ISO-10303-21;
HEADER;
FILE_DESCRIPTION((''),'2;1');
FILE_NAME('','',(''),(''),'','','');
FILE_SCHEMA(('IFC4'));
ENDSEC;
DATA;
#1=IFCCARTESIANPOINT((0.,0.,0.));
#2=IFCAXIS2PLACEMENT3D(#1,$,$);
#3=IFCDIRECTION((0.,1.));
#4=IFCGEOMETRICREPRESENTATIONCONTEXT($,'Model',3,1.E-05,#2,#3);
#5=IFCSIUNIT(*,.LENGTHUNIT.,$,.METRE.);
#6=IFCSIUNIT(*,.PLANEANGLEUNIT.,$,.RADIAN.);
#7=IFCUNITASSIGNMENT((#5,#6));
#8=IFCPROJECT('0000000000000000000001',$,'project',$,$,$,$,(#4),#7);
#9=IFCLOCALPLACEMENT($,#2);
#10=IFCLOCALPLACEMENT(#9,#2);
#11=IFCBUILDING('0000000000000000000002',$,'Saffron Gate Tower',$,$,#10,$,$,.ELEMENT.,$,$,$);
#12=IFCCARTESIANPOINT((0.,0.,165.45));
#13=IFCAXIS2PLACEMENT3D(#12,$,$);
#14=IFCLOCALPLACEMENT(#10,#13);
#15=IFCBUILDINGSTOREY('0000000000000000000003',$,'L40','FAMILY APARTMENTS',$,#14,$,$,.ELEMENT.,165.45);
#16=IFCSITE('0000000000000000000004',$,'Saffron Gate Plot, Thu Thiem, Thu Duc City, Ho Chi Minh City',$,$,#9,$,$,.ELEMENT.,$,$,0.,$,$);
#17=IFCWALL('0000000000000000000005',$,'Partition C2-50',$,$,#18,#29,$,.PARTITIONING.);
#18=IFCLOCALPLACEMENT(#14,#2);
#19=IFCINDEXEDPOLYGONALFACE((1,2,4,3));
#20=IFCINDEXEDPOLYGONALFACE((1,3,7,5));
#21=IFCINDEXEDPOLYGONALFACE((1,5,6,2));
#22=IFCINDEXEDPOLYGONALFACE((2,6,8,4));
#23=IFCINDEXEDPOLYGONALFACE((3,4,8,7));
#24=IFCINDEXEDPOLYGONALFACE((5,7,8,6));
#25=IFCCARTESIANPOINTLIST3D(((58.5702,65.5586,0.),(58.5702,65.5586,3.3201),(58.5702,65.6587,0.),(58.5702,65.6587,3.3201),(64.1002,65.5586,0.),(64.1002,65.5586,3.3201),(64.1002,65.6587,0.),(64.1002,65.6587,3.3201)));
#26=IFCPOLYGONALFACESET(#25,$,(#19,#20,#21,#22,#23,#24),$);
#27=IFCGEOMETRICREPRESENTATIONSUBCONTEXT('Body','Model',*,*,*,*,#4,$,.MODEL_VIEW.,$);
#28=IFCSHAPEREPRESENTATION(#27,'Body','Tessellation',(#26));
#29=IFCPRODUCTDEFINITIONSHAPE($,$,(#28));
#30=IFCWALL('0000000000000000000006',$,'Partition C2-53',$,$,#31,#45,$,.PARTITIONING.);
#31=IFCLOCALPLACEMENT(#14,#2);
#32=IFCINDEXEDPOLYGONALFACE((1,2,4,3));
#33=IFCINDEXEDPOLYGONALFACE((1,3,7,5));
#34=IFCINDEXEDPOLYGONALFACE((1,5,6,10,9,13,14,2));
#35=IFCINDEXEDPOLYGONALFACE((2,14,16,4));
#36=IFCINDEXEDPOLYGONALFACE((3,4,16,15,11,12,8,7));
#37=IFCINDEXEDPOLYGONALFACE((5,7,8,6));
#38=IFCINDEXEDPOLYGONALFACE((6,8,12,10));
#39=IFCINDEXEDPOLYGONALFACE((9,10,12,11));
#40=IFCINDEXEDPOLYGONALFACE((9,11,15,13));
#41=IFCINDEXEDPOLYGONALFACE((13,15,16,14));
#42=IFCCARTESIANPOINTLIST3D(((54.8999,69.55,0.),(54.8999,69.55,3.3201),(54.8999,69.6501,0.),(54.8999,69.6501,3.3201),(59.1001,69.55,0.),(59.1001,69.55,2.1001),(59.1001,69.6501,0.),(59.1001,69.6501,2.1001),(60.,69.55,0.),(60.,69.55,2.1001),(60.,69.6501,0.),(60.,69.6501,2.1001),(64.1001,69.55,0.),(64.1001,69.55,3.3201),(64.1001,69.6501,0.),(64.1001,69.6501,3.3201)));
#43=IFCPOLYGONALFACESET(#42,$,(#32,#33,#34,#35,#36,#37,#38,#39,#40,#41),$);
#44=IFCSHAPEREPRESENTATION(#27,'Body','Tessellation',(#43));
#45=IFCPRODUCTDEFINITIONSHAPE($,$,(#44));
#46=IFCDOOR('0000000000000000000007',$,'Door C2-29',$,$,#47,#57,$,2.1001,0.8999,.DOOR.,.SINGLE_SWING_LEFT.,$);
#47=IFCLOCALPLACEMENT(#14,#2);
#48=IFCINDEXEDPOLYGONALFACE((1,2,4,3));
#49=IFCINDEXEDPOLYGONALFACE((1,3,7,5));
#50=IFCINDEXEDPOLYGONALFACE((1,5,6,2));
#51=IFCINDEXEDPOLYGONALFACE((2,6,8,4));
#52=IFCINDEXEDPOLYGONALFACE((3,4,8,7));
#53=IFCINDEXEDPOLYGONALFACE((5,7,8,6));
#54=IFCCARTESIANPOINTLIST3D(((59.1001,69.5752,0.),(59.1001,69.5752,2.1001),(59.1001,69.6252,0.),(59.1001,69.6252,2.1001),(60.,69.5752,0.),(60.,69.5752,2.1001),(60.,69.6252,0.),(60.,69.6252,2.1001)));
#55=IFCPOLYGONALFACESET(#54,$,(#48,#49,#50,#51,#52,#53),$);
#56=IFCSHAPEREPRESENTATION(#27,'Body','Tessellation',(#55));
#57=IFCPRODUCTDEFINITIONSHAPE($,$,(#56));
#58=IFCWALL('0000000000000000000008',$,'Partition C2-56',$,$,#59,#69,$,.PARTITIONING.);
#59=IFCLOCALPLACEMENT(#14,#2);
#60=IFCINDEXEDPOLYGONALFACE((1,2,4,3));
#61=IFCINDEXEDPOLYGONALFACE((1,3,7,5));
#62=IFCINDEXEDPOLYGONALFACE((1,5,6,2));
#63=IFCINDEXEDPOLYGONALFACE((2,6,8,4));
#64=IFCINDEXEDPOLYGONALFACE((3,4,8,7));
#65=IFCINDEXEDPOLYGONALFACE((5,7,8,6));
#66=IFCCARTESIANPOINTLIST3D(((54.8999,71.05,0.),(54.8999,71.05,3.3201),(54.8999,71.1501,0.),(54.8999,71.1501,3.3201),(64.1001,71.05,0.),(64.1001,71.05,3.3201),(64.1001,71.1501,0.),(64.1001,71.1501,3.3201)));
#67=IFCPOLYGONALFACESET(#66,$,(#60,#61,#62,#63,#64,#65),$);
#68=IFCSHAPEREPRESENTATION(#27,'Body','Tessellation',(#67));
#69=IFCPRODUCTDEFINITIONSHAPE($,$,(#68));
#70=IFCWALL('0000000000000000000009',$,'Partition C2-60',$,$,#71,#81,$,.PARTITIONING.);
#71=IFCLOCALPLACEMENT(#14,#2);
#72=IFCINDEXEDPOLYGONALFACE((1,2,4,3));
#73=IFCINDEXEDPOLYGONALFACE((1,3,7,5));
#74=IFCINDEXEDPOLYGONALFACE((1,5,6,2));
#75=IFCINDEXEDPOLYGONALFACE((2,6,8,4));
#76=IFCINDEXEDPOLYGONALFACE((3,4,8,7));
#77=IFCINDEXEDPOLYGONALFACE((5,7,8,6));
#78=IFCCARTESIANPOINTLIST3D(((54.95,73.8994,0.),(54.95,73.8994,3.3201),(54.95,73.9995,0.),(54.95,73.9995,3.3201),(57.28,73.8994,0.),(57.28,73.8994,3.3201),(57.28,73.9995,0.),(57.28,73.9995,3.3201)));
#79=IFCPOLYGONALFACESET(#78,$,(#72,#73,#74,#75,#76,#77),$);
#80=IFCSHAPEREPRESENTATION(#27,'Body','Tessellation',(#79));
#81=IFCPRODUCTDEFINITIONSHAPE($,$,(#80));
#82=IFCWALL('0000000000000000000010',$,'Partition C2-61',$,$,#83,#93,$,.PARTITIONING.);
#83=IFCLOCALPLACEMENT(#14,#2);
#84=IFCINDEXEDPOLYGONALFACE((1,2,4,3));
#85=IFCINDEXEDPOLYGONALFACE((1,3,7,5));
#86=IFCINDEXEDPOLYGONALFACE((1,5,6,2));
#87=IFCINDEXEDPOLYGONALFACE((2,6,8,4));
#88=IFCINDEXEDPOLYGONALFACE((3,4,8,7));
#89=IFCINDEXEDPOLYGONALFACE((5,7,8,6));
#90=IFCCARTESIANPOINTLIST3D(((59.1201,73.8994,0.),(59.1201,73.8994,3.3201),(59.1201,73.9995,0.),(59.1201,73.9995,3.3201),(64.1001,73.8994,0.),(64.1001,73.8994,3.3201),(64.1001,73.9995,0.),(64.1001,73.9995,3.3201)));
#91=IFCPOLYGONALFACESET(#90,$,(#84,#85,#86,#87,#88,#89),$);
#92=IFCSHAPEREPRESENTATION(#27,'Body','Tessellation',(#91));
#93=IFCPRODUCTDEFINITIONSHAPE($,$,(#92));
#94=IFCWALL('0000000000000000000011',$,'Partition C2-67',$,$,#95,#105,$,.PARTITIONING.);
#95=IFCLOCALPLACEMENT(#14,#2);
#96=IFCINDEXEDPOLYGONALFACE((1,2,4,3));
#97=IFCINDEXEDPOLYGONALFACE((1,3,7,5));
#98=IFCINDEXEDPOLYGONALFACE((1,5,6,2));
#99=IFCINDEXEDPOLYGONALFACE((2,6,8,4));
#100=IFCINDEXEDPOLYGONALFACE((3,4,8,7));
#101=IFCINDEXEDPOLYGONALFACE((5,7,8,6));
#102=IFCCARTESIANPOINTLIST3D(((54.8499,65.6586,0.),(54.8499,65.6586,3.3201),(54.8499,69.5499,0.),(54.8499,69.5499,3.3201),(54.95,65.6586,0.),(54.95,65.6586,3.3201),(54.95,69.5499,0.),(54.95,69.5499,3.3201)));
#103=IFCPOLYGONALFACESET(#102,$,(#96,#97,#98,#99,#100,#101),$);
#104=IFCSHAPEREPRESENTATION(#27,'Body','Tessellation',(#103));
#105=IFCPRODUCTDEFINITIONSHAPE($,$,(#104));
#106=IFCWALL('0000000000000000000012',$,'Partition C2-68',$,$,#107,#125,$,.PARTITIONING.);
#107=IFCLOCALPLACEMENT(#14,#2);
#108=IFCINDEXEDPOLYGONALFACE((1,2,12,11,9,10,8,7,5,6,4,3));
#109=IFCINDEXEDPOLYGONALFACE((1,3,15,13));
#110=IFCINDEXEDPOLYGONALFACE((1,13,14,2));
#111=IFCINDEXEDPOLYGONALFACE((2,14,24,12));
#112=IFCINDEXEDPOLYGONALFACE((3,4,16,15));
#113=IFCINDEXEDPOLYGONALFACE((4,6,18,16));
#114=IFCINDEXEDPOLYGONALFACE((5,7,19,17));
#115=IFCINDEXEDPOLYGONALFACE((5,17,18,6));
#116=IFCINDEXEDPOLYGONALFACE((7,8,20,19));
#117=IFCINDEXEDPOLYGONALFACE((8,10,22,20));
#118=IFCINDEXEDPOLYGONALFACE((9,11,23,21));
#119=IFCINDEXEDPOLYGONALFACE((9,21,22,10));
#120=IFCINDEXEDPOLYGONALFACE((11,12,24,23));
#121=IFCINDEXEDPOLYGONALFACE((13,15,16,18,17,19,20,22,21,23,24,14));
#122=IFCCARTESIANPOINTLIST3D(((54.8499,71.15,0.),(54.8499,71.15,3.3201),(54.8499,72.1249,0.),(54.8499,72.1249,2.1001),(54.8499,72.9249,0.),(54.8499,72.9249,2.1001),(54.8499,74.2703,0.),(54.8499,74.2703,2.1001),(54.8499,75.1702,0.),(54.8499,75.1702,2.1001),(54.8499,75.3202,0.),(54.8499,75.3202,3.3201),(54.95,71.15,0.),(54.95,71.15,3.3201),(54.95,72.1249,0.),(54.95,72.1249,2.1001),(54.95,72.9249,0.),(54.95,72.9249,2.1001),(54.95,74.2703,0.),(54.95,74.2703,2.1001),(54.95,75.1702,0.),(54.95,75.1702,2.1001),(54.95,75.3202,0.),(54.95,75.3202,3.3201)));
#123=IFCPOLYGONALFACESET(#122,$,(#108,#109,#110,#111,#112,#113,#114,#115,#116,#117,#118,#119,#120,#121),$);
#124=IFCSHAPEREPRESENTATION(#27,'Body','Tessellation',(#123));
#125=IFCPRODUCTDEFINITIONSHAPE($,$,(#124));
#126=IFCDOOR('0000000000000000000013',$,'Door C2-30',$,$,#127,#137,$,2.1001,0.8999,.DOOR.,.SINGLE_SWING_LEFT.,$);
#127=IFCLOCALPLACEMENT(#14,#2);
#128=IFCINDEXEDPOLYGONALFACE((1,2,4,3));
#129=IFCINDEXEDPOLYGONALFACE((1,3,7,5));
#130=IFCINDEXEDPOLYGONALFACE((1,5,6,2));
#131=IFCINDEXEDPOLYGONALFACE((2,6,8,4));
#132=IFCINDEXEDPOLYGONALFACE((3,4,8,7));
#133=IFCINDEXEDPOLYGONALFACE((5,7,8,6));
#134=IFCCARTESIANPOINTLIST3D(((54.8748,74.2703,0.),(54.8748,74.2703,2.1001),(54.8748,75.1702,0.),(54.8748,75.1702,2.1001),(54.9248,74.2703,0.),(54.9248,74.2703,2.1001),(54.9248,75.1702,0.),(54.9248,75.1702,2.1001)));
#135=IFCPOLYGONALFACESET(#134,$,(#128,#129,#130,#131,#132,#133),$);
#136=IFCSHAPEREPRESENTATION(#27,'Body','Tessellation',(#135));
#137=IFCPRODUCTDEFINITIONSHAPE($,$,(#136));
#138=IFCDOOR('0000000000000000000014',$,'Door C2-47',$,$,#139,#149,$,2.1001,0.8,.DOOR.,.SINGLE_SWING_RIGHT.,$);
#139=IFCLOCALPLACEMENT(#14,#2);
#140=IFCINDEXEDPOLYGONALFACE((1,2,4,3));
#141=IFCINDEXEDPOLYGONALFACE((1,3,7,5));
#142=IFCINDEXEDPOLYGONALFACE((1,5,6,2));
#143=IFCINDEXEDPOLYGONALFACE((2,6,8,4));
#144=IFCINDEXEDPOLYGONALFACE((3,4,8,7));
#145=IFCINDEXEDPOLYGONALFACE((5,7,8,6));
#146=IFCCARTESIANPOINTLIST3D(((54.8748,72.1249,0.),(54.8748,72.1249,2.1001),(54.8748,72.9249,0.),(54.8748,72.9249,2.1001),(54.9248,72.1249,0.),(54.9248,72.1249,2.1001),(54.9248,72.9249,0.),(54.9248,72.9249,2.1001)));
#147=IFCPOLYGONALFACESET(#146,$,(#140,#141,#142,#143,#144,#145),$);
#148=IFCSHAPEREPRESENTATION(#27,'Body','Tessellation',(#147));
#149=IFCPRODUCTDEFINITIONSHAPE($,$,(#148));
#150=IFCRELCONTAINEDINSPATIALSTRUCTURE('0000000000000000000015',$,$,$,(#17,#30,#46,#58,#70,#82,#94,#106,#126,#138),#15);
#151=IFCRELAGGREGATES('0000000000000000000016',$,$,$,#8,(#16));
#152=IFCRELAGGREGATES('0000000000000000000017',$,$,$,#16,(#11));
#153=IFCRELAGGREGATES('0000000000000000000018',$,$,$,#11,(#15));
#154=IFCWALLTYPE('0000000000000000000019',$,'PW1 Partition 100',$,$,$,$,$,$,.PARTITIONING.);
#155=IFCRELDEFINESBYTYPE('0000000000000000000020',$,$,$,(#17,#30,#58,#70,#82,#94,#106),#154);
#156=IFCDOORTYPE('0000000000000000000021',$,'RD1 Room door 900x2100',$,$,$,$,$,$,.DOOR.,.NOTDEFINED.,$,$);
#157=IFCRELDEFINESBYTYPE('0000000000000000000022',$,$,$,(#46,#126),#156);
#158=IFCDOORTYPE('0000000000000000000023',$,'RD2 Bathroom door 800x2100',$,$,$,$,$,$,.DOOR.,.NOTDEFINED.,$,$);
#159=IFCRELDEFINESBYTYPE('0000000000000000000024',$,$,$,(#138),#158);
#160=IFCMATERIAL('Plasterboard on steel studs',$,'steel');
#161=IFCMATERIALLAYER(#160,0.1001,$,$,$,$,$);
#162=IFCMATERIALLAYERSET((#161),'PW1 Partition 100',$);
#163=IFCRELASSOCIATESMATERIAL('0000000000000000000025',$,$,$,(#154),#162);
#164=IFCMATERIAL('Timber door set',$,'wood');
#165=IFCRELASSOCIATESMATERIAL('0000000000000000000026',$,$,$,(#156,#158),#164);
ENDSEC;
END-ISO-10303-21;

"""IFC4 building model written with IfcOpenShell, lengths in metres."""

from ifc_helpers import new_model, si_unit, direction, frame, frame_2d, origin, place, context, subcontext, project, spatial, rectangle, extrude, material, layer, layer_set, type_object, element, fill, save


model = new_model("IFC4")

# Units and contexts
model_context = context("Model", 3, precision=1e-05, world=origin(), true_north=direction((0.0, 1.0)))
body_context = subcontext(model_context, "Body", "Model", "MODEL_VIEW")
ifc_project = project(units=[si_unit("LENGTHUNIT", "METRE"), si_unit("PLANEANGLEUNIT", "RADIAN")], contexts=[model_context])

# Site, building, storey
site_placement = place(None, origin())
site = spatial("IfcSite", under=ifc_project, at=site_placement, Name="Saffron Gate Plot, Thu Thiem, Thu Duc City, Ho Chi Minh City", CompositionType="ELEMENT", RefElevation=0.0)
building_placement = place(site_placement, origin())
building = spatial("IfcBuilding", under=site, at=building_placement, Name="Saffron Gate Tower", CompositionType="ELEMENT")
storey_placement = place(building_placement, frame((0.0, 0.0, 165.45)))
storey = spatial("IfcBuildingStorey", under=building, at=storey_placement, Name="L40", Description="FAMILY APARTMENTS", CompositionType="ELEMENT", Elevation=165.45)

# Wall
ifc_material_1 = material(Name="Plasterboard on steel studs", Category="steel")
ifc_layer_1 = layer(ifc_material_1, 0.1001)
ifc_layer_set_1 = layer_set([ifc_layer_1], Name="PW1 Partition 100")
wall_type_1 = type_object("IfcWallType", Name="PW1 Partition 100", PredefinedType="PARTITIONING", material=ifc_layer_set_1)
wall_1_placement = place(storey_placement, frame((58.5701, 65.6086, 0.0), z_axis=(0.0, 0.0, 1.0), x_axis=(1.0, 0.0, 0.0)))
element("IfcWall", 1, at=wall_1_placement, inside=storey, type_object=wall_type_1, Name="Partition C2-50", PredefinedType="PARTITIONING", context=body_context, shape_type="SweptSolid", body=[
    extrude(rectangle(XDim=5.53, YDim=0.1001, at=frame_2d((2.7651, 0.0))), origin(), (0.0, 0.0, 1.0), 3.3201),
])

# Wall, opening, door
wall_2_placement = place(storey_placement, frame((64.1001, 69.6001, 0.0), z_axis=(0.0, 0.0, 1.0), x_axis=(-1.0, 0.0, 0.0)))
wall_2 = element("IfcWall", 2, at=wall_2_placement, inside=storey, type_object=wall_type_1, Name="Partition C2-53", PredefinedType="PARTITIONING", context=body_context, shape_type="SweptSolid", body=[
    extrude(rectangle(XDim=9.2002, YDim=0.1001, at=frame_2d((4.6001, 0.0))), origin(), (0.0, 0.0, 1.0), 3.3201),
])
opening_1_placement = place(wall_2_placement, frame((4.1001, 0.0, 0.0)))
opening_1 = element("IfcOpeningElement", 3, at=opening_1_placement, cuts=wall_2, PredefinedType="OPENING", context=body_context, shape_type="SweptSolid", body=[
    extrude(rectangle(XDim=0.8999, YDim=2.1001, at=frame_2d((0.45, 1.05))), frame((0.0, 0.0601, 0.0), z_axis=(0.0, -1.0, 0.0), x_axis=(1.0, 0.0, 0.0)), (0.0, 0.0, 1.0), 0.1201),
])
ifc_material_2 = material(Name="Timber door set", Category="wood")
door_type_1 = type_object("IfcDoorType", Name="RD1 Room door 900x2100", OperationType="NOTDEFINED", PredefinedType="DOOR", material=ifc_material_2)
door_1_placement = place(opening_1_placement, origin())
door_1 = element("IfcDoor", 4, at=door_1_placement, inside=storey, type_object=door_type_1, Name="Door C2-29", OperationType="SINGLE_SWING_LEFT", OverallHeight=2.1001, OverallWidth=0.8999, PredefinedType="DOOR", context=body_context, shape_type="SweptSolid", body=[
    extrude(rectangle(XDim=0.8999, YDim=2.1001, at=frame_2d((0.45, 1.05))), frame((0.0, 0.0249, 0.0), z_axis=(0.0, -1.0, 0.0), x_axis=(1.0, 0.0, 0.0)), (0.0, 0.0, 1.0), 0.05),
])
fill(opening_1, door_1)

# Walls
wall_3_placement = place(storey_placement, frame((54.8999, 71.1001, 0.0), z_axis=(0.0, 0.0, 1.0), x_axis=(1.0, 0.0, 0.0)))
element("IfcWall", 5, at=wall_3_placement, inside=storey, type_object=wall_type_1, Name="Partition C2-56", PredefinedType="PARTITIONING", context=body_context, shape_type="SweptSolid", body=[
    extrude(rectangle(XDim=9.2002, YDim=0.1001, at=frame_2d((4.6001, 0.0))), origin(), (0.0, 0.0, 1.0), 3.3201),
])
wall_4_placement = place(storey_placement, frame((54.95, 73.9495, 0.0), z_axis=(0.0, 0.0, 1.0), x_axis=(1.0, 0.0, 0.0)))
element("IfcWall", 6, at=wall_4_placement, inside=storey, type_object=wall_type_1, Name="Partition C2-60", PredefinedType="PARTITIONING", context=body_context, shape_type="SweptSolid", body=[
    extrude(rectangle(XDim=2.3301, YDim=0.1001, at=frame_2d((1.165, 0.0))), origin(), (0.0, 0.0, 1.0), 3.3201),
])
wall_5_placement = place(storey_placement, frame((59.1201, 73.9495, 0.0), z_axis=(0.0, 0.0, 1.0), x_axis=(1.0, 0.0, 0.0)))
element("IfcWall", 7, at=wall_5_placement, inside=storey, type_object=wall_type_1, Name="Partition C2-61", PredefinedType="PARTITIONING", context=body_context, shape_type="SweptSolid", body=[
    extrude(rectangle(XDim=4.98, YDim=0.1001, at=frame_2d((2.49, 0.0))), origin(), (0.0, 0.0, 1.0), 3.3201),
])
wall_6_placement = place(storey_placement, frame((54.8999, 69.55, 0.0), z_axis=(0.0, 0.0, 1.0), x_axis=(0.0, -1.0, 0.0)))
element("IfcWall", 8, at=wall_6_placement, inside=storey, type_object=wall_type_1, Name="Partition C2-67", PredefinedType="PARTITIONING", context=body_context, shape_type="SweptSolid", body=[
    extrude(rectangle(XDim=3.8914, YDim=0.1001, at=frame_2d((1.9458, 0.0))), origin(), (0.0, 0.0, 1.0), 3.3201),
])

# Wall, openings, doors
wall_7_placement = place(storey_placement, frame((54.8999, 75.3201, 0.0), z_axis=(0.0, 0.0, 1.0), x_axis=(0.0, -1.0, 0.0)))
wall_7 = element("IfcWall", 9, at=wall_7_placement, inside=storey, type_object=wall_type_1, Name="Partition C2-68", PredefinedType="PARTITIONING", context=body_context, shape_type="SweptSolid", body=[
    extrude(rectangle(XDim=4.1702, YDim=0.1001, at=frame_2d((2.085, 0.0))), origin(), (0.0, 0.0, 1.0), 3.3201),
])
opening_2_placement = place(wall_7_placement, frame((0.1499, 0.0, 0.0)))
opening_2 = element("IfcOpeningElement", 10, at=opening_2_placement, cuts=wall_7, PredefinedType="OPENING", context=body_context, shape_type="SweptSolid", body=[
    extrude(rectangle(XDim=0.8999, YDim=2.1001, at=frame_2d((0.45, 1.05))), frame((0.0, 0.0601, 0.0), z_axis=(0.0, -1.0, 0.0), x_axis=(1.0, 0.0, 0.0)), (0.0, 0.0, 1.0), 0.1201),
])
opening_3_placement = place(wall_7_placement, frame((2.3953, 0.0, 0.0)))
opening_3 = element("IfcOpeningElement", 11, at=opening_3_placement, cuts=wall_7, PredefinedType="OPENING", context=body_context, shape_type="SweptSolid", body=[
    extrude(rectangle(XDim=0.8, YDim=2.1001, at=frame_2d((0.3999, 1.05))), frame((0.0, 0.0601, 0.0), z_axis=(0.0, -1.0, 0.0), x_axis=(1.0, 0.0, 0.0)), (0.0, 0.0, 1.0), 0.1201),
])
door_2_placement = place(opening_2_placement, origin())
door_2 = element("IfcDoor", 12, at=door_2_placement, inside=storey, type_object=door_type_1, Name="Door C2-30", OperationType="SINGLE_SWING_LEFT", OverallHeight=2.1001, OverallWidth=0.8999, PredefinedType="DOOR", context=body_context, shape_type="SweptSolid", body=[
    extrude(rectangle(XDim=0.8999, YDim=2.1001, at=frame_2d((0.45, 1.05))), frame((0.0, 0.0249, 0.0), z_axis=(0.0, -1.0, 0.0), x_axis=(1.0, 0.0, 0.0)), (0.0, 0.0, 1.0), 0.05),
])
fill(opening_2, door_2)
door_type_2 = type_object("IfcDoorType", Name="RD2 Bathroom door 800x2100", OperationType="NOTDEFINED", PredefinedType="DOOR", material=ifc_material_2)
door_3_placement = place(opening_3_placement, origin())
door_3 = element("IfcDoor", 13, at=door_3_placement, inside=storey, type_object=door_type_2, Name="Door C2-47", OperationType="SINGLE_SWING_RIGHT", OverallHeight=2.1001, OverallWidth=0.8, PredefinedType="DOOR", context=body_context, shape_type="SweptSolid", body=[
    extrude(rectangle(XDim=0.8, YDim=2.1001, at=frame_2d((0.3999, 1.05))), frame((0.0, 0.0249, 0.0), z_axis=(0.0, -1.0, 0.0), x_axis=(1.0, 0.0, 0.0)), (0.0, 0.0, 1.0), 0.05),
])
fill(opening_3, door_3)

save(model, "model.ifc")
